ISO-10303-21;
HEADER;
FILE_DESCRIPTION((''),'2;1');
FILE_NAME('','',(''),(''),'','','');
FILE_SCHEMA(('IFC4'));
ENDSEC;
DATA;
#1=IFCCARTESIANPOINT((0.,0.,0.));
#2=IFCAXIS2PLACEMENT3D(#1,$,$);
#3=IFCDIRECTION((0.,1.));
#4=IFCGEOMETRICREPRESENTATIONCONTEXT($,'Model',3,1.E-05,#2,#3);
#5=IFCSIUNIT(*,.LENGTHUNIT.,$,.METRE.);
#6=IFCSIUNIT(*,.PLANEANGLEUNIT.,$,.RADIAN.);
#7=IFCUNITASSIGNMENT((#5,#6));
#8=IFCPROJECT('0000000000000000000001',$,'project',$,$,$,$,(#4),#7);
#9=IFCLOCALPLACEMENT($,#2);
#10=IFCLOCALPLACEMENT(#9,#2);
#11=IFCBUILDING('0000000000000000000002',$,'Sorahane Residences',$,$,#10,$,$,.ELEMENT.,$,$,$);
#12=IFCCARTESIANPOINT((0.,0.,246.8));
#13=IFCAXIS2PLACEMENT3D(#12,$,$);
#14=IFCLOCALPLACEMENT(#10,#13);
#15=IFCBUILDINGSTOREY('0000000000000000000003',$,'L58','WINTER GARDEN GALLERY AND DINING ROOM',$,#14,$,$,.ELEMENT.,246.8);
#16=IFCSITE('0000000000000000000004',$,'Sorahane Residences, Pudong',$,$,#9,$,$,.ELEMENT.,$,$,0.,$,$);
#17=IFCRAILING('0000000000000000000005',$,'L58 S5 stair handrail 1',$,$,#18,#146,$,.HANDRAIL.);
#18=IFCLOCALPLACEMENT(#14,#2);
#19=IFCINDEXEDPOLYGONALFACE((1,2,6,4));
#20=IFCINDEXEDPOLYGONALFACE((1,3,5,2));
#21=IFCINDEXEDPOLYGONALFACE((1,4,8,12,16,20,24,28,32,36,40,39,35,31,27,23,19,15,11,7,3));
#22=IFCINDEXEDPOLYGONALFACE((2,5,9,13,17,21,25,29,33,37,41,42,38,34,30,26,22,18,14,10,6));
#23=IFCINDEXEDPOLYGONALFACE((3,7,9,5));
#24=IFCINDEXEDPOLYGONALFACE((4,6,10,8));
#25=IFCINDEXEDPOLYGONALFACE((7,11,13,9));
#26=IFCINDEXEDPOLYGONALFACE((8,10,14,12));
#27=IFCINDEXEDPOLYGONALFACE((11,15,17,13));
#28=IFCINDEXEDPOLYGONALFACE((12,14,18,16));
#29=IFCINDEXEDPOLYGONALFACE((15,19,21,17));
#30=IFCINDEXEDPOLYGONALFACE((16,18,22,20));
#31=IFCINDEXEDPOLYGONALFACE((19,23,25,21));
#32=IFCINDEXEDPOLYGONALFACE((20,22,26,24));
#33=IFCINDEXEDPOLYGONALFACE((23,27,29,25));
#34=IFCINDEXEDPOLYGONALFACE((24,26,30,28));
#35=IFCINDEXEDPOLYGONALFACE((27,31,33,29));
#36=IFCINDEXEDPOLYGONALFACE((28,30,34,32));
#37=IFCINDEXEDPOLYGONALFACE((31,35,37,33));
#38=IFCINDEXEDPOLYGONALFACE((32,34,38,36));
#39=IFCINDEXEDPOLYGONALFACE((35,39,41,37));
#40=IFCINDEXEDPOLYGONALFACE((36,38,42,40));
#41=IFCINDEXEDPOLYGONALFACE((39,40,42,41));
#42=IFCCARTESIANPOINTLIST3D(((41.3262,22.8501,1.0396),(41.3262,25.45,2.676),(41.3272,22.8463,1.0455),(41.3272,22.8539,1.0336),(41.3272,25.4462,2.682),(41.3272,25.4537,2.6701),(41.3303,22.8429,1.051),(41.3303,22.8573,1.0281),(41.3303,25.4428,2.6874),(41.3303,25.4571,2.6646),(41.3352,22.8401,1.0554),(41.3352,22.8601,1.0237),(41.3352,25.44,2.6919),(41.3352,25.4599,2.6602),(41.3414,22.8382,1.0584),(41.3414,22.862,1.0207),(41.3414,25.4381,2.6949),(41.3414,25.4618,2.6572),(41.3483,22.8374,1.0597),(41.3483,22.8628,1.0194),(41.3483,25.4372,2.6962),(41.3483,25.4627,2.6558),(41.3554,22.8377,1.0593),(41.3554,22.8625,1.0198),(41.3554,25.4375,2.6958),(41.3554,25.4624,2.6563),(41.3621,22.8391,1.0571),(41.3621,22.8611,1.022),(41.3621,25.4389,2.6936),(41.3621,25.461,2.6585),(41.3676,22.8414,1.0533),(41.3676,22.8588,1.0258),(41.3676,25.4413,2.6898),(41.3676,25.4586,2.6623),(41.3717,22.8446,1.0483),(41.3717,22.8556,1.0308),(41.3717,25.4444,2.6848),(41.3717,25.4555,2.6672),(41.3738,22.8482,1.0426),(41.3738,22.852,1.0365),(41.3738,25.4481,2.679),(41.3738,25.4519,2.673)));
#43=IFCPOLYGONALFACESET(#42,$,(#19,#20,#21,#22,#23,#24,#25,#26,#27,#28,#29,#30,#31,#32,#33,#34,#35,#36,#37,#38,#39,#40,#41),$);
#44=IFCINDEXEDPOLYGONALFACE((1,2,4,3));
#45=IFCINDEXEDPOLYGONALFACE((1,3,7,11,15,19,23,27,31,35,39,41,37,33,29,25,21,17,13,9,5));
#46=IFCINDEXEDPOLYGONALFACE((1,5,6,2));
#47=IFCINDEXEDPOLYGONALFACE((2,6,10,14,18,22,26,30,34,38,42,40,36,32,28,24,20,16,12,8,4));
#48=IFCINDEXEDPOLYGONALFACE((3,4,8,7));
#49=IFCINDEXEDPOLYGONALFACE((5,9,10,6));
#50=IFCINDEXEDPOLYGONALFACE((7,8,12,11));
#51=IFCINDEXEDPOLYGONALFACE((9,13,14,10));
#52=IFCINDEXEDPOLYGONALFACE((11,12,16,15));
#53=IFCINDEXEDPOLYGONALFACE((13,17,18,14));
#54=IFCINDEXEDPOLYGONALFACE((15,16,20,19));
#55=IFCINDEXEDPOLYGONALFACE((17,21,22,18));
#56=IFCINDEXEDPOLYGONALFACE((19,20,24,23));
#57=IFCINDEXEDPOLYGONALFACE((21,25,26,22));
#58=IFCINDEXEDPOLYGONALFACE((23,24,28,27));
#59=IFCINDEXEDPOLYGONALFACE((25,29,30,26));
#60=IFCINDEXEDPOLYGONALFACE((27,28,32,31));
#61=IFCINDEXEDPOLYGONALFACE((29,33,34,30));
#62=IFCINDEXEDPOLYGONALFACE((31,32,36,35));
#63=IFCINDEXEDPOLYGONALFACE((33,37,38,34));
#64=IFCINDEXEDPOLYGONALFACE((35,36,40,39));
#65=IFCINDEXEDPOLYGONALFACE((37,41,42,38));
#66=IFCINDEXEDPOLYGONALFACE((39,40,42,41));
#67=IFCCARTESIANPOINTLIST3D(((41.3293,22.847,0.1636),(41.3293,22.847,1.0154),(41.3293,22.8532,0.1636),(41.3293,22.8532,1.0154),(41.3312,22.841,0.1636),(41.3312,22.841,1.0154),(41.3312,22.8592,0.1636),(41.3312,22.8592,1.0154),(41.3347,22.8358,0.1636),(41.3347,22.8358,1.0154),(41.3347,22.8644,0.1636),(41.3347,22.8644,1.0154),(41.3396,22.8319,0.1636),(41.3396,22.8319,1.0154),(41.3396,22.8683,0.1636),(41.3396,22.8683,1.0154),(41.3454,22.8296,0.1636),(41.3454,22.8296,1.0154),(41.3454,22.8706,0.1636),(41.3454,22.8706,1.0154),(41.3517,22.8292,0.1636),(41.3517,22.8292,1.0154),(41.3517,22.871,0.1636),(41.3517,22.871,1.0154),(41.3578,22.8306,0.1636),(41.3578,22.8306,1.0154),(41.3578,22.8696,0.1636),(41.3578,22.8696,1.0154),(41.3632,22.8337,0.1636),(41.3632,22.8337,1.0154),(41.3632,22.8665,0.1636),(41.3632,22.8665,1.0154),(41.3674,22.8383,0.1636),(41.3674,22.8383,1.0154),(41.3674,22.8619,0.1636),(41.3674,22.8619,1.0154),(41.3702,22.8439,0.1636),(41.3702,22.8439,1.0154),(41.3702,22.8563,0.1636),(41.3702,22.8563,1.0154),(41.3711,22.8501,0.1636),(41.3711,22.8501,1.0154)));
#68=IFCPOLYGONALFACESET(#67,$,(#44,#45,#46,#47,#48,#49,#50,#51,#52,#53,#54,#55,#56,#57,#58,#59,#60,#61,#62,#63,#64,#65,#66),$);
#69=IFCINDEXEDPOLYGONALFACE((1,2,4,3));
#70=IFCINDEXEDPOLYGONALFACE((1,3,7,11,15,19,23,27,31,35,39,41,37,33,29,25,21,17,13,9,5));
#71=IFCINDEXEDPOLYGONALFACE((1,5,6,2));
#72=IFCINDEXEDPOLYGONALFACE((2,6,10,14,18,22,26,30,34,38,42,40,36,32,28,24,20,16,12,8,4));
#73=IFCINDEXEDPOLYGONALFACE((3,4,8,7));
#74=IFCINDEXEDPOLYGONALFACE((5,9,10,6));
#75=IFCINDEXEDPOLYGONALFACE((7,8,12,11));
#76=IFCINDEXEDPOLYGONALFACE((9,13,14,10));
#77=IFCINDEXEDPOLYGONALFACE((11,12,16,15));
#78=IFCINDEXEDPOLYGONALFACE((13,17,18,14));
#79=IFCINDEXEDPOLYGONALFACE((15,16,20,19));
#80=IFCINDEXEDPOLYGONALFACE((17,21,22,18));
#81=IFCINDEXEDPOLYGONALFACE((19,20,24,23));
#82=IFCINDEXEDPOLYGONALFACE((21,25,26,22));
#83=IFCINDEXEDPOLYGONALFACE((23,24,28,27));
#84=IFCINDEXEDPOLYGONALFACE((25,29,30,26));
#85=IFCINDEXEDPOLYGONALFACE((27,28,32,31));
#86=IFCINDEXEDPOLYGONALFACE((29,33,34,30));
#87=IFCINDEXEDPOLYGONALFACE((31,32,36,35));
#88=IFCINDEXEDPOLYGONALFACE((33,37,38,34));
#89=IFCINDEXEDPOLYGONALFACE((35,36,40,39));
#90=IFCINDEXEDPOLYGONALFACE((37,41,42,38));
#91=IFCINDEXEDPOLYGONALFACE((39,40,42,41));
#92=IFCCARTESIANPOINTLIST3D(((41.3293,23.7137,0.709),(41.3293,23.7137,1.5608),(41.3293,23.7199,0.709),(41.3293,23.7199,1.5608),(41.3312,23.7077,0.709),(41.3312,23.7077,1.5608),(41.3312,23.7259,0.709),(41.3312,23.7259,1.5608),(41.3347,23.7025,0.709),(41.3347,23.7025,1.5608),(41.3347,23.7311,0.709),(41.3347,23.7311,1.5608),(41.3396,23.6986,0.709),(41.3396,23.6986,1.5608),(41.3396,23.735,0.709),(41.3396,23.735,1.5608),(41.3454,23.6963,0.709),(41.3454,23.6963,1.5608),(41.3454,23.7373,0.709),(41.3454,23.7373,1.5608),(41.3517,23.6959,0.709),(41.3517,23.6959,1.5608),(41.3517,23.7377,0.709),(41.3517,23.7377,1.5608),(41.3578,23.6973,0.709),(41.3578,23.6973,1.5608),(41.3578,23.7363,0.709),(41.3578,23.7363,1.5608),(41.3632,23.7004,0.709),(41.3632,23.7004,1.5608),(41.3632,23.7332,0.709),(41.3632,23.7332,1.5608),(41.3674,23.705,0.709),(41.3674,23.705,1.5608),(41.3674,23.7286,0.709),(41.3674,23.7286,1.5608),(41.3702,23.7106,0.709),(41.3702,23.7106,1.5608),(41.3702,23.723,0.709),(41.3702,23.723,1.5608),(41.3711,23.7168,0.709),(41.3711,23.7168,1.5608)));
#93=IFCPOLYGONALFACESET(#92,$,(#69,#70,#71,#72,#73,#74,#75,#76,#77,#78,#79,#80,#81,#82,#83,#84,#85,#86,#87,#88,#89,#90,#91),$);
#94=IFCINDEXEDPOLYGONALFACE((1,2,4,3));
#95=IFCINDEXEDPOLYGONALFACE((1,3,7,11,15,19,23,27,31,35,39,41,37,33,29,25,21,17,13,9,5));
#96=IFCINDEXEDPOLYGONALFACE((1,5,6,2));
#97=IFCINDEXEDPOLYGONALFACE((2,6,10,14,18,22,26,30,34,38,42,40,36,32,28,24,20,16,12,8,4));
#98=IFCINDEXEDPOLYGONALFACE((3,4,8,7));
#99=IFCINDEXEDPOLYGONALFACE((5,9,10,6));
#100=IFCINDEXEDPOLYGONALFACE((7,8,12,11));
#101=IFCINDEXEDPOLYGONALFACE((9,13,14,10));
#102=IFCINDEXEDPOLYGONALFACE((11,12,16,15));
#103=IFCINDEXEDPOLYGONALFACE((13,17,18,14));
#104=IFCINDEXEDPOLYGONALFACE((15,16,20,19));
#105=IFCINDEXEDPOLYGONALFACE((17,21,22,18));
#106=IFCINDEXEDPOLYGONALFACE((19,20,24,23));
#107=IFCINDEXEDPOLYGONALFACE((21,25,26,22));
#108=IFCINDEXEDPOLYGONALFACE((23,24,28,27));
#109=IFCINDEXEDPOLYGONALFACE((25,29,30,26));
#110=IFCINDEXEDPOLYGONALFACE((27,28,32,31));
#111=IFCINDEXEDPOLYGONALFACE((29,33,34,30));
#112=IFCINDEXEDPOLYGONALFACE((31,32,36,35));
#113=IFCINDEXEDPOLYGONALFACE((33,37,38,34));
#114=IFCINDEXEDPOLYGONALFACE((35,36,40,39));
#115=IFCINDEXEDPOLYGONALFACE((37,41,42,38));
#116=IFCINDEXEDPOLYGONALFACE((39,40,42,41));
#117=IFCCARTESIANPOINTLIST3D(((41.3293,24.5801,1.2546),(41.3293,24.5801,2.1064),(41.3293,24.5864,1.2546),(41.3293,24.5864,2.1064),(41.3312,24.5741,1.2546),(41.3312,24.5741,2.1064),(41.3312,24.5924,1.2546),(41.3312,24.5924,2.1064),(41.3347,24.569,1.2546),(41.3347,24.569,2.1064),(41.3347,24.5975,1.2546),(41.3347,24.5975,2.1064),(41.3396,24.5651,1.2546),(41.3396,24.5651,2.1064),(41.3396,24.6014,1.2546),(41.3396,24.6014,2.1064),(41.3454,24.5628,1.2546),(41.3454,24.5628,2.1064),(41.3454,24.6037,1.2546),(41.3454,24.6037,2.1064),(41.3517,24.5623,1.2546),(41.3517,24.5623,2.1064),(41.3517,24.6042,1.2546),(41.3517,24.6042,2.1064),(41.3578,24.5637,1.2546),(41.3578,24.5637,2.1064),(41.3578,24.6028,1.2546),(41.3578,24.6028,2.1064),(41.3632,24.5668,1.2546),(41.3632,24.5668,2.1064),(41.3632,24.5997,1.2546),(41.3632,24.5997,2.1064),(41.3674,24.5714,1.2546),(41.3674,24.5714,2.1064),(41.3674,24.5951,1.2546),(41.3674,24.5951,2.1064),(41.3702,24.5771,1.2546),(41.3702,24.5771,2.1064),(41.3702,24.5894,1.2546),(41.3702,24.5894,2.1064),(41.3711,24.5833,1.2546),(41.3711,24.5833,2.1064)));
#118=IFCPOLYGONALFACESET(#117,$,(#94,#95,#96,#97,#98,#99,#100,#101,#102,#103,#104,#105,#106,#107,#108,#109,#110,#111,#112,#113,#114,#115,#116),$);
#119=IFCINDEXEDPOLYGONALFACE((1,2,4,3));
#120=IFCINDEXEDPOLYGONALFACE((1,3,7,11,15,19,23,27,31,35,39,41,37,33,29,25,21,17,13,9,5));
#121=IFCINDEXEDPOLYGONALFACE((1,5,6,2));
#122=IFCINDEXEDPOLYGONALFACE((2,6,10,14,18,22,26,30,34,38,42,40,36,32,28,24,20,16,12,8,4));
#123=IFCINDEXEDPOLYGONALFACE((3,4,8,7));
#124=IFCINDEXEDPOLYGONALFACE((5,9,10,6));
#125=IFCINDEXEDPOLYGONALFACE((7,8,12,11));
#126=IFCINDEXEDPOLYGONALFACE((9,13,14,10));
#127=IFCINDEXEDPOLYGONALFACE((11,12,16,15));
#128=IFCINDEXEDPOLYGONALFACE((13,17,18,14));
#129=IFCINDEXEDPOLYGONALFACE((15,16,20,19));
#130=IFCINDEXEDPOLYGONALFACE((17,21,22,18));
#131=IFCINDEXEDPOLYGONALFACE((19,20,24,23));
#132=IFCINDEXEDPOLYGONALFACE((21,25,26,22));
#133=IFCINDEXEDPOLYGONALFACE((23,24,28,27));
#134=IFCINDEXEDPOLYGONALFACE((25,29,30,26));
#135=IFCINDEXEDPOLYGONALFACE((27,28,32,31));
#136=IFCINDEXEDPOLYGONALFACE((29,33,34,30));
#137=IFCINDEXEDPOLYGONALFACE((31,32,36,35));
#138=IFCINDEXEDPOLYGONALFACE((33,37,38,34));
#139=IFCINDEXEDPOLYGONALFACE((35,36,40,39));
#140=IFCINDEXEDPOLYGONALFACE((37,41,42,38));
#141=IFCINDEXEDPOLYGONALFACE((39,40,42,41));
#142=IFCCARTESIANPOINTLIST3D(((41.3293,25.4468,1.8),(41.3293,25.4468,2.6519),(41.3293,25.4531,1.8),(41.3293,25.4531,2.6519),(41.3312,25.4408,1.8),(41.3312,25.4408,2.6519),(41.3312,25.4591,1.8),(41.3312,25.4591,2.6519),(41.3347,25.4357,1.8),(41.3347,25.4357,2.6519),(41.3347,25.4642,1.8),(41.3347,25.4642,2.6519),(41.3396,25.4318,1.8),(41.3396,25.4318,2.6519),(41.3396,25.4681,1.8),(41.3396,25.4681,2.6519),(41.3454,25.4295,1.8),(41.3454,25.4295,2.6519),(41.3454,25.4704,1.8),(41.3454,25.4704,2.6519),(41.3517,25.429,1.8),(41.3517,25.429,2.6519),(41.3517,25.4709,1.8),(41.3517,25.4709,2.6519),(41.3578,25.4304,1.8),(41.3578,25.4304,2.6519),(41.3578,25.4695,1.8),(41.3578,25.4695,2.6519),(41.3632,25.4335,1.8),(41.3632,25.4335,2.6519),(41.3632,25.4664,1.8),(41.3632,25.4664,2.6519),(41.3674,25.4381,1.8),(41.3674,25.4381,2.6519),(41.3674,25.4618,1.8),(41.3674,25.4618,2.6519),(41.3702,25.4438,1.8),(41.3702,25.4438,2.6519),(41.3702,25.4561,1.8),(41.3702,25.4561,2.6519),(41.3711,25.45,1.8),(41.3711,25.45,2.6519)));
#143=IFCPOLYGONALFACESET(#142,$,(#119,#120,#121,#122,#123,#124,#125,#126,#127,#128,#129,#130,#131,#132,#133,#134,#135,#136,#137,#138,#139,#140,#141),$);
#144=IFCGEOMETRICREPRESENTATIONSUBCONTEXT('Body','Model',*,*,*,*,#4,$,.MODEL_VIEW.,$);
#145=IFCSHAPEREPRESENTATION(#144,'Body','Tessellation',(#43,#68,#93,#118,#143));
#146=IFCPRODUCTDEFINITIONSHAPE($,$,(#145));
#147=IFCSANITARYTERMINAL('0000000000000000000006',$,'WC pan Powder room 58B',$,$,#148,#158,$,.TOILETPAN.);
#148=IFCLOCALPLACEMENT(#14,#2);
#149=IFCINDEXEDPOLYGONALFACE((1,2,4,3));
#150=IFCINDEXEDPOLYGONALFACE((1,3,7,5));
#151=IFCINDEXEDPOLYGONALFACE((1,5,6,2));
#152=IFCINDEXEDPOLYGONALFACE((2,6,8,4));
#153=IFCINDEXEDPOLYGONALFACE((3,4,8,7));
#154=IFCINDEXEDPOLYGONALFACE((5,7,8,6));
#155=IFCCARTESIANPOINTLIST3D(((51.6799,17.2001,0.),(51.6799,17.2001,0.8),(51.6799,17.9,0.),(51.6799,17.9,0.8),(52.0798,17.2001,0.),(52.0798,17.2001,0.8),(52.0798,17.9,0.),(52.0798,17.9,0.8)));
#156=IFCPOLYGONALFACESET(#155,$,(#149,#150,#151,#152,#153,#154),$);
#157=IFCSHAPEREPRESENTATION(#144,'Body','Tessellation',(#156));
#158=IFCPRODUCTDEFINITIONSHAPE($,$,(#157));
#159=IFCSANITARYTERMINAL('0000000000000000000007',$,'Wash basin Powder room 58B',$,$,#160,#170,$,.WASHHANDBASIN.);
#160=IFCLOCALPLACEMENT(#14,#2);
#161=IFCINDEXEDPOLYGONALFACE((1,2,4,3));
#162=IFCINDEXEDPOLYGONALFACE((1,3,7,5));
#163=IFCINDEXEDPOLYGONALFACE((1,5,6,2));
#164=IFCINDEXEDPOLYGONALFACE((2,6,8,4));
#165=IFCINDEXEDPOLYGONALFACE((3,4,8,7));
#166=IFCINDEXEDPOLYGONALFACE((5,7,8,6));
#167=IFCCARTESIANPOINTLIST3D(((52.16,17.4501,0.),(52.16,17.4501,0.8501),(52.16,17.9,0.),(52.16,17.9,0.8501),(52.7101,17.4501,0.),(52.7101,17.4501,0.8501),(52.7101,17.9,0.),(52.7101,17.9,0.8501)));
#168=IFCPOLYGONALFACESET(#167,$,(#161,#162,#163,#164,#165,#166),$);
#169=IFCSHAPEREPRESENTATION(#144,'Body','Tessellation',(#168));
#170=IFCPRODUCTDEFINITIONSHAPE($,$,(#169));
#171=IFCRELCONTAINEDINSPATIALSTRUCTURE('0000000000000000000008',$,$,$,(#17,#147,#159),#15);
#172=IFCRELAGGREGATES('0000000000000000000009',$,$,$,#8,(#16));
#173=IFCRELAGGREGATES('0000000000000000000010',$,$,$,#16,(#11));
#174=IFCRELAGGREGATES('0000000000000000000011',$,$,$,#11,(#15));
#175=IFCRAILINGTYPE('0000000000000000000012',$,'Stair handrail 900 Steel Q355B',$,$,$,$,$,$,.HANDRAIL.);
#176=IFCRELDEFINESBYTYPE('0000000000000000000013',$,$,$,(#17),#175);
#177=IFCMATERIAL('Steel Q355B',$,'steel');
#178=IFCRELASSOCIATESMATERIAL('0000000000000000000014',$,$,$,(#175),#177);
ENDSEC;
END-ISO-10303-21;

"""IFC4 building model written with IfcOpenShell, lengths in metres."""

from ifc_helpers import new_model, si_unit, direction, frame, origin, origin_2d, place, context, subcontext, project, spatial, rectangle, circle, extrude, material, type_object, element, save


model = new_model("IFC4")

# Units and contexts
model_context = context("Model", 3, precision=1e-05, world=origin(), true_north=direction((0.0, 1.0)))
body_context = subcontext(model_context, "Body", "Model", "MODEL_VIEW")
ifc_project = project(units=[si_unit("LENGTHUNIT", "METRE"), si_unit("PLANEANGLEUNIT", "RADIAN")], contexts=[model_context])

# Site, building, storey
site_placement = place(None, origin())
site = spatial("IfcSite", under=ifc_project, at=site_placement, Name="Sorahane Residences, Pudong", CompositionType="ELEMENT", RefElevation=0.0)
building_placement = place(site_placement, origin())
building = spatial("IfcBuilding", under=site, at=building_placement, Name="Sorahane Residences", CompositionType="ELEMENT")
storey_placement = place(building_placement, frame((0.0, 0.0, 246.8)))
storey = spatial("IfcBuildingStorey", under=building, at=storey_placement, Name="L58", Description="WINTER GARDEN GALLERY AND DINING ROOM", CompositionType="ELEMENT", Elevation=246.8)

# Railing
ifc_material_1 = material(Name="Steel Q355B", Category="steel")
railing_type_1 = type_object("IfcRailingType", Name="Stair handrail 900 Steel Q355B", PredefinedType="HANDRAIL", material=ifc_material_1)
railing_1_placement = place(storey_placement, frame((41.3501, 22.8501, 0.1636)))
element("IfcRailing", 1, at=railing_1_placement, inside=storey, type_object=railing_type_1, Name="L58 S5 stair handrail 1", PredefinedType="HANDRAIL", context=body_context, shape_type="SweptSolid", body=[
    extrude(circle(Radius=0.0239, at=origin_2d()), frame((0.0, 0.0, 0.876), z_axis=(0.0, 0.846302, 0.532704), x_axis=(-1.0, 0.0, 0.0)), (0.0, 0.0, 1.0), 3.072),
    extrude(circle(Radius=0.021, at=origin_2d()), origin(), (0.0, 0.0, 1.0), 0.8518),
    extrude(circle(Radius=0.021, at=origin_2d()), frame((0.0, 0.8667, 0.5454)), (0.0, 0.0, 1.0), 0.8518),
    extrude(circle(Radius=0.021, at=origin_2d()), frame((0.0, 1.7332, 1.0911)), (0.0, 0.0, 1.0), 0.8518),
    extrude(circle(Radius=0.021, at=origin_2d()), frame((0.0, 2.5999, 1.6365)), (0.0, 0.0, 1.0), 0.8518),
])

# Sanitary terminals
sanitary_terminal_1_placement = place(storey_placement, frame((51.8799, 17.55, 0.0), z_axis=(0.0, 0.0, 1.0), x_axis=(1.0, 0.0, 0.0)))
element("IfcSanitaryTerminal", 2, at=sanitary_terminal_1_placement, inside=storey, Name="WC pan Powder room 58B", PredefinedType="TOILETPAN", context=body_context, shape_type="SweptSolid", body=[
    extrude(rectangle(XDim=0.3999, YDim=0.7, at=origin_2d()), origin(), (0.0, 0.0, 1.0), 0.8),
])
sanitary_terminal_2_placement = place(storey_placement, frame((52.4351, 17.675, 0.0), z_axis=(0.0, 0.0, 1.0), x_axis=(1.0, 0.0, 0.0)))
element("IfcSanitaryTerminal", 3, at=sanitary_terminal_2_placement, inside=storey, Name="Wash basin Powder room 58B", PredefinedType="WASHHANDBASIN", context=body_context, shape_type="SweptSolid", body=[
    extrude(rectangle(XDim=0.55, YDim=0.45, at=origin_2d()), origin(), (0.0, 0.0, 1.0), 0.8501),
])

save(model, "model.ifc")
